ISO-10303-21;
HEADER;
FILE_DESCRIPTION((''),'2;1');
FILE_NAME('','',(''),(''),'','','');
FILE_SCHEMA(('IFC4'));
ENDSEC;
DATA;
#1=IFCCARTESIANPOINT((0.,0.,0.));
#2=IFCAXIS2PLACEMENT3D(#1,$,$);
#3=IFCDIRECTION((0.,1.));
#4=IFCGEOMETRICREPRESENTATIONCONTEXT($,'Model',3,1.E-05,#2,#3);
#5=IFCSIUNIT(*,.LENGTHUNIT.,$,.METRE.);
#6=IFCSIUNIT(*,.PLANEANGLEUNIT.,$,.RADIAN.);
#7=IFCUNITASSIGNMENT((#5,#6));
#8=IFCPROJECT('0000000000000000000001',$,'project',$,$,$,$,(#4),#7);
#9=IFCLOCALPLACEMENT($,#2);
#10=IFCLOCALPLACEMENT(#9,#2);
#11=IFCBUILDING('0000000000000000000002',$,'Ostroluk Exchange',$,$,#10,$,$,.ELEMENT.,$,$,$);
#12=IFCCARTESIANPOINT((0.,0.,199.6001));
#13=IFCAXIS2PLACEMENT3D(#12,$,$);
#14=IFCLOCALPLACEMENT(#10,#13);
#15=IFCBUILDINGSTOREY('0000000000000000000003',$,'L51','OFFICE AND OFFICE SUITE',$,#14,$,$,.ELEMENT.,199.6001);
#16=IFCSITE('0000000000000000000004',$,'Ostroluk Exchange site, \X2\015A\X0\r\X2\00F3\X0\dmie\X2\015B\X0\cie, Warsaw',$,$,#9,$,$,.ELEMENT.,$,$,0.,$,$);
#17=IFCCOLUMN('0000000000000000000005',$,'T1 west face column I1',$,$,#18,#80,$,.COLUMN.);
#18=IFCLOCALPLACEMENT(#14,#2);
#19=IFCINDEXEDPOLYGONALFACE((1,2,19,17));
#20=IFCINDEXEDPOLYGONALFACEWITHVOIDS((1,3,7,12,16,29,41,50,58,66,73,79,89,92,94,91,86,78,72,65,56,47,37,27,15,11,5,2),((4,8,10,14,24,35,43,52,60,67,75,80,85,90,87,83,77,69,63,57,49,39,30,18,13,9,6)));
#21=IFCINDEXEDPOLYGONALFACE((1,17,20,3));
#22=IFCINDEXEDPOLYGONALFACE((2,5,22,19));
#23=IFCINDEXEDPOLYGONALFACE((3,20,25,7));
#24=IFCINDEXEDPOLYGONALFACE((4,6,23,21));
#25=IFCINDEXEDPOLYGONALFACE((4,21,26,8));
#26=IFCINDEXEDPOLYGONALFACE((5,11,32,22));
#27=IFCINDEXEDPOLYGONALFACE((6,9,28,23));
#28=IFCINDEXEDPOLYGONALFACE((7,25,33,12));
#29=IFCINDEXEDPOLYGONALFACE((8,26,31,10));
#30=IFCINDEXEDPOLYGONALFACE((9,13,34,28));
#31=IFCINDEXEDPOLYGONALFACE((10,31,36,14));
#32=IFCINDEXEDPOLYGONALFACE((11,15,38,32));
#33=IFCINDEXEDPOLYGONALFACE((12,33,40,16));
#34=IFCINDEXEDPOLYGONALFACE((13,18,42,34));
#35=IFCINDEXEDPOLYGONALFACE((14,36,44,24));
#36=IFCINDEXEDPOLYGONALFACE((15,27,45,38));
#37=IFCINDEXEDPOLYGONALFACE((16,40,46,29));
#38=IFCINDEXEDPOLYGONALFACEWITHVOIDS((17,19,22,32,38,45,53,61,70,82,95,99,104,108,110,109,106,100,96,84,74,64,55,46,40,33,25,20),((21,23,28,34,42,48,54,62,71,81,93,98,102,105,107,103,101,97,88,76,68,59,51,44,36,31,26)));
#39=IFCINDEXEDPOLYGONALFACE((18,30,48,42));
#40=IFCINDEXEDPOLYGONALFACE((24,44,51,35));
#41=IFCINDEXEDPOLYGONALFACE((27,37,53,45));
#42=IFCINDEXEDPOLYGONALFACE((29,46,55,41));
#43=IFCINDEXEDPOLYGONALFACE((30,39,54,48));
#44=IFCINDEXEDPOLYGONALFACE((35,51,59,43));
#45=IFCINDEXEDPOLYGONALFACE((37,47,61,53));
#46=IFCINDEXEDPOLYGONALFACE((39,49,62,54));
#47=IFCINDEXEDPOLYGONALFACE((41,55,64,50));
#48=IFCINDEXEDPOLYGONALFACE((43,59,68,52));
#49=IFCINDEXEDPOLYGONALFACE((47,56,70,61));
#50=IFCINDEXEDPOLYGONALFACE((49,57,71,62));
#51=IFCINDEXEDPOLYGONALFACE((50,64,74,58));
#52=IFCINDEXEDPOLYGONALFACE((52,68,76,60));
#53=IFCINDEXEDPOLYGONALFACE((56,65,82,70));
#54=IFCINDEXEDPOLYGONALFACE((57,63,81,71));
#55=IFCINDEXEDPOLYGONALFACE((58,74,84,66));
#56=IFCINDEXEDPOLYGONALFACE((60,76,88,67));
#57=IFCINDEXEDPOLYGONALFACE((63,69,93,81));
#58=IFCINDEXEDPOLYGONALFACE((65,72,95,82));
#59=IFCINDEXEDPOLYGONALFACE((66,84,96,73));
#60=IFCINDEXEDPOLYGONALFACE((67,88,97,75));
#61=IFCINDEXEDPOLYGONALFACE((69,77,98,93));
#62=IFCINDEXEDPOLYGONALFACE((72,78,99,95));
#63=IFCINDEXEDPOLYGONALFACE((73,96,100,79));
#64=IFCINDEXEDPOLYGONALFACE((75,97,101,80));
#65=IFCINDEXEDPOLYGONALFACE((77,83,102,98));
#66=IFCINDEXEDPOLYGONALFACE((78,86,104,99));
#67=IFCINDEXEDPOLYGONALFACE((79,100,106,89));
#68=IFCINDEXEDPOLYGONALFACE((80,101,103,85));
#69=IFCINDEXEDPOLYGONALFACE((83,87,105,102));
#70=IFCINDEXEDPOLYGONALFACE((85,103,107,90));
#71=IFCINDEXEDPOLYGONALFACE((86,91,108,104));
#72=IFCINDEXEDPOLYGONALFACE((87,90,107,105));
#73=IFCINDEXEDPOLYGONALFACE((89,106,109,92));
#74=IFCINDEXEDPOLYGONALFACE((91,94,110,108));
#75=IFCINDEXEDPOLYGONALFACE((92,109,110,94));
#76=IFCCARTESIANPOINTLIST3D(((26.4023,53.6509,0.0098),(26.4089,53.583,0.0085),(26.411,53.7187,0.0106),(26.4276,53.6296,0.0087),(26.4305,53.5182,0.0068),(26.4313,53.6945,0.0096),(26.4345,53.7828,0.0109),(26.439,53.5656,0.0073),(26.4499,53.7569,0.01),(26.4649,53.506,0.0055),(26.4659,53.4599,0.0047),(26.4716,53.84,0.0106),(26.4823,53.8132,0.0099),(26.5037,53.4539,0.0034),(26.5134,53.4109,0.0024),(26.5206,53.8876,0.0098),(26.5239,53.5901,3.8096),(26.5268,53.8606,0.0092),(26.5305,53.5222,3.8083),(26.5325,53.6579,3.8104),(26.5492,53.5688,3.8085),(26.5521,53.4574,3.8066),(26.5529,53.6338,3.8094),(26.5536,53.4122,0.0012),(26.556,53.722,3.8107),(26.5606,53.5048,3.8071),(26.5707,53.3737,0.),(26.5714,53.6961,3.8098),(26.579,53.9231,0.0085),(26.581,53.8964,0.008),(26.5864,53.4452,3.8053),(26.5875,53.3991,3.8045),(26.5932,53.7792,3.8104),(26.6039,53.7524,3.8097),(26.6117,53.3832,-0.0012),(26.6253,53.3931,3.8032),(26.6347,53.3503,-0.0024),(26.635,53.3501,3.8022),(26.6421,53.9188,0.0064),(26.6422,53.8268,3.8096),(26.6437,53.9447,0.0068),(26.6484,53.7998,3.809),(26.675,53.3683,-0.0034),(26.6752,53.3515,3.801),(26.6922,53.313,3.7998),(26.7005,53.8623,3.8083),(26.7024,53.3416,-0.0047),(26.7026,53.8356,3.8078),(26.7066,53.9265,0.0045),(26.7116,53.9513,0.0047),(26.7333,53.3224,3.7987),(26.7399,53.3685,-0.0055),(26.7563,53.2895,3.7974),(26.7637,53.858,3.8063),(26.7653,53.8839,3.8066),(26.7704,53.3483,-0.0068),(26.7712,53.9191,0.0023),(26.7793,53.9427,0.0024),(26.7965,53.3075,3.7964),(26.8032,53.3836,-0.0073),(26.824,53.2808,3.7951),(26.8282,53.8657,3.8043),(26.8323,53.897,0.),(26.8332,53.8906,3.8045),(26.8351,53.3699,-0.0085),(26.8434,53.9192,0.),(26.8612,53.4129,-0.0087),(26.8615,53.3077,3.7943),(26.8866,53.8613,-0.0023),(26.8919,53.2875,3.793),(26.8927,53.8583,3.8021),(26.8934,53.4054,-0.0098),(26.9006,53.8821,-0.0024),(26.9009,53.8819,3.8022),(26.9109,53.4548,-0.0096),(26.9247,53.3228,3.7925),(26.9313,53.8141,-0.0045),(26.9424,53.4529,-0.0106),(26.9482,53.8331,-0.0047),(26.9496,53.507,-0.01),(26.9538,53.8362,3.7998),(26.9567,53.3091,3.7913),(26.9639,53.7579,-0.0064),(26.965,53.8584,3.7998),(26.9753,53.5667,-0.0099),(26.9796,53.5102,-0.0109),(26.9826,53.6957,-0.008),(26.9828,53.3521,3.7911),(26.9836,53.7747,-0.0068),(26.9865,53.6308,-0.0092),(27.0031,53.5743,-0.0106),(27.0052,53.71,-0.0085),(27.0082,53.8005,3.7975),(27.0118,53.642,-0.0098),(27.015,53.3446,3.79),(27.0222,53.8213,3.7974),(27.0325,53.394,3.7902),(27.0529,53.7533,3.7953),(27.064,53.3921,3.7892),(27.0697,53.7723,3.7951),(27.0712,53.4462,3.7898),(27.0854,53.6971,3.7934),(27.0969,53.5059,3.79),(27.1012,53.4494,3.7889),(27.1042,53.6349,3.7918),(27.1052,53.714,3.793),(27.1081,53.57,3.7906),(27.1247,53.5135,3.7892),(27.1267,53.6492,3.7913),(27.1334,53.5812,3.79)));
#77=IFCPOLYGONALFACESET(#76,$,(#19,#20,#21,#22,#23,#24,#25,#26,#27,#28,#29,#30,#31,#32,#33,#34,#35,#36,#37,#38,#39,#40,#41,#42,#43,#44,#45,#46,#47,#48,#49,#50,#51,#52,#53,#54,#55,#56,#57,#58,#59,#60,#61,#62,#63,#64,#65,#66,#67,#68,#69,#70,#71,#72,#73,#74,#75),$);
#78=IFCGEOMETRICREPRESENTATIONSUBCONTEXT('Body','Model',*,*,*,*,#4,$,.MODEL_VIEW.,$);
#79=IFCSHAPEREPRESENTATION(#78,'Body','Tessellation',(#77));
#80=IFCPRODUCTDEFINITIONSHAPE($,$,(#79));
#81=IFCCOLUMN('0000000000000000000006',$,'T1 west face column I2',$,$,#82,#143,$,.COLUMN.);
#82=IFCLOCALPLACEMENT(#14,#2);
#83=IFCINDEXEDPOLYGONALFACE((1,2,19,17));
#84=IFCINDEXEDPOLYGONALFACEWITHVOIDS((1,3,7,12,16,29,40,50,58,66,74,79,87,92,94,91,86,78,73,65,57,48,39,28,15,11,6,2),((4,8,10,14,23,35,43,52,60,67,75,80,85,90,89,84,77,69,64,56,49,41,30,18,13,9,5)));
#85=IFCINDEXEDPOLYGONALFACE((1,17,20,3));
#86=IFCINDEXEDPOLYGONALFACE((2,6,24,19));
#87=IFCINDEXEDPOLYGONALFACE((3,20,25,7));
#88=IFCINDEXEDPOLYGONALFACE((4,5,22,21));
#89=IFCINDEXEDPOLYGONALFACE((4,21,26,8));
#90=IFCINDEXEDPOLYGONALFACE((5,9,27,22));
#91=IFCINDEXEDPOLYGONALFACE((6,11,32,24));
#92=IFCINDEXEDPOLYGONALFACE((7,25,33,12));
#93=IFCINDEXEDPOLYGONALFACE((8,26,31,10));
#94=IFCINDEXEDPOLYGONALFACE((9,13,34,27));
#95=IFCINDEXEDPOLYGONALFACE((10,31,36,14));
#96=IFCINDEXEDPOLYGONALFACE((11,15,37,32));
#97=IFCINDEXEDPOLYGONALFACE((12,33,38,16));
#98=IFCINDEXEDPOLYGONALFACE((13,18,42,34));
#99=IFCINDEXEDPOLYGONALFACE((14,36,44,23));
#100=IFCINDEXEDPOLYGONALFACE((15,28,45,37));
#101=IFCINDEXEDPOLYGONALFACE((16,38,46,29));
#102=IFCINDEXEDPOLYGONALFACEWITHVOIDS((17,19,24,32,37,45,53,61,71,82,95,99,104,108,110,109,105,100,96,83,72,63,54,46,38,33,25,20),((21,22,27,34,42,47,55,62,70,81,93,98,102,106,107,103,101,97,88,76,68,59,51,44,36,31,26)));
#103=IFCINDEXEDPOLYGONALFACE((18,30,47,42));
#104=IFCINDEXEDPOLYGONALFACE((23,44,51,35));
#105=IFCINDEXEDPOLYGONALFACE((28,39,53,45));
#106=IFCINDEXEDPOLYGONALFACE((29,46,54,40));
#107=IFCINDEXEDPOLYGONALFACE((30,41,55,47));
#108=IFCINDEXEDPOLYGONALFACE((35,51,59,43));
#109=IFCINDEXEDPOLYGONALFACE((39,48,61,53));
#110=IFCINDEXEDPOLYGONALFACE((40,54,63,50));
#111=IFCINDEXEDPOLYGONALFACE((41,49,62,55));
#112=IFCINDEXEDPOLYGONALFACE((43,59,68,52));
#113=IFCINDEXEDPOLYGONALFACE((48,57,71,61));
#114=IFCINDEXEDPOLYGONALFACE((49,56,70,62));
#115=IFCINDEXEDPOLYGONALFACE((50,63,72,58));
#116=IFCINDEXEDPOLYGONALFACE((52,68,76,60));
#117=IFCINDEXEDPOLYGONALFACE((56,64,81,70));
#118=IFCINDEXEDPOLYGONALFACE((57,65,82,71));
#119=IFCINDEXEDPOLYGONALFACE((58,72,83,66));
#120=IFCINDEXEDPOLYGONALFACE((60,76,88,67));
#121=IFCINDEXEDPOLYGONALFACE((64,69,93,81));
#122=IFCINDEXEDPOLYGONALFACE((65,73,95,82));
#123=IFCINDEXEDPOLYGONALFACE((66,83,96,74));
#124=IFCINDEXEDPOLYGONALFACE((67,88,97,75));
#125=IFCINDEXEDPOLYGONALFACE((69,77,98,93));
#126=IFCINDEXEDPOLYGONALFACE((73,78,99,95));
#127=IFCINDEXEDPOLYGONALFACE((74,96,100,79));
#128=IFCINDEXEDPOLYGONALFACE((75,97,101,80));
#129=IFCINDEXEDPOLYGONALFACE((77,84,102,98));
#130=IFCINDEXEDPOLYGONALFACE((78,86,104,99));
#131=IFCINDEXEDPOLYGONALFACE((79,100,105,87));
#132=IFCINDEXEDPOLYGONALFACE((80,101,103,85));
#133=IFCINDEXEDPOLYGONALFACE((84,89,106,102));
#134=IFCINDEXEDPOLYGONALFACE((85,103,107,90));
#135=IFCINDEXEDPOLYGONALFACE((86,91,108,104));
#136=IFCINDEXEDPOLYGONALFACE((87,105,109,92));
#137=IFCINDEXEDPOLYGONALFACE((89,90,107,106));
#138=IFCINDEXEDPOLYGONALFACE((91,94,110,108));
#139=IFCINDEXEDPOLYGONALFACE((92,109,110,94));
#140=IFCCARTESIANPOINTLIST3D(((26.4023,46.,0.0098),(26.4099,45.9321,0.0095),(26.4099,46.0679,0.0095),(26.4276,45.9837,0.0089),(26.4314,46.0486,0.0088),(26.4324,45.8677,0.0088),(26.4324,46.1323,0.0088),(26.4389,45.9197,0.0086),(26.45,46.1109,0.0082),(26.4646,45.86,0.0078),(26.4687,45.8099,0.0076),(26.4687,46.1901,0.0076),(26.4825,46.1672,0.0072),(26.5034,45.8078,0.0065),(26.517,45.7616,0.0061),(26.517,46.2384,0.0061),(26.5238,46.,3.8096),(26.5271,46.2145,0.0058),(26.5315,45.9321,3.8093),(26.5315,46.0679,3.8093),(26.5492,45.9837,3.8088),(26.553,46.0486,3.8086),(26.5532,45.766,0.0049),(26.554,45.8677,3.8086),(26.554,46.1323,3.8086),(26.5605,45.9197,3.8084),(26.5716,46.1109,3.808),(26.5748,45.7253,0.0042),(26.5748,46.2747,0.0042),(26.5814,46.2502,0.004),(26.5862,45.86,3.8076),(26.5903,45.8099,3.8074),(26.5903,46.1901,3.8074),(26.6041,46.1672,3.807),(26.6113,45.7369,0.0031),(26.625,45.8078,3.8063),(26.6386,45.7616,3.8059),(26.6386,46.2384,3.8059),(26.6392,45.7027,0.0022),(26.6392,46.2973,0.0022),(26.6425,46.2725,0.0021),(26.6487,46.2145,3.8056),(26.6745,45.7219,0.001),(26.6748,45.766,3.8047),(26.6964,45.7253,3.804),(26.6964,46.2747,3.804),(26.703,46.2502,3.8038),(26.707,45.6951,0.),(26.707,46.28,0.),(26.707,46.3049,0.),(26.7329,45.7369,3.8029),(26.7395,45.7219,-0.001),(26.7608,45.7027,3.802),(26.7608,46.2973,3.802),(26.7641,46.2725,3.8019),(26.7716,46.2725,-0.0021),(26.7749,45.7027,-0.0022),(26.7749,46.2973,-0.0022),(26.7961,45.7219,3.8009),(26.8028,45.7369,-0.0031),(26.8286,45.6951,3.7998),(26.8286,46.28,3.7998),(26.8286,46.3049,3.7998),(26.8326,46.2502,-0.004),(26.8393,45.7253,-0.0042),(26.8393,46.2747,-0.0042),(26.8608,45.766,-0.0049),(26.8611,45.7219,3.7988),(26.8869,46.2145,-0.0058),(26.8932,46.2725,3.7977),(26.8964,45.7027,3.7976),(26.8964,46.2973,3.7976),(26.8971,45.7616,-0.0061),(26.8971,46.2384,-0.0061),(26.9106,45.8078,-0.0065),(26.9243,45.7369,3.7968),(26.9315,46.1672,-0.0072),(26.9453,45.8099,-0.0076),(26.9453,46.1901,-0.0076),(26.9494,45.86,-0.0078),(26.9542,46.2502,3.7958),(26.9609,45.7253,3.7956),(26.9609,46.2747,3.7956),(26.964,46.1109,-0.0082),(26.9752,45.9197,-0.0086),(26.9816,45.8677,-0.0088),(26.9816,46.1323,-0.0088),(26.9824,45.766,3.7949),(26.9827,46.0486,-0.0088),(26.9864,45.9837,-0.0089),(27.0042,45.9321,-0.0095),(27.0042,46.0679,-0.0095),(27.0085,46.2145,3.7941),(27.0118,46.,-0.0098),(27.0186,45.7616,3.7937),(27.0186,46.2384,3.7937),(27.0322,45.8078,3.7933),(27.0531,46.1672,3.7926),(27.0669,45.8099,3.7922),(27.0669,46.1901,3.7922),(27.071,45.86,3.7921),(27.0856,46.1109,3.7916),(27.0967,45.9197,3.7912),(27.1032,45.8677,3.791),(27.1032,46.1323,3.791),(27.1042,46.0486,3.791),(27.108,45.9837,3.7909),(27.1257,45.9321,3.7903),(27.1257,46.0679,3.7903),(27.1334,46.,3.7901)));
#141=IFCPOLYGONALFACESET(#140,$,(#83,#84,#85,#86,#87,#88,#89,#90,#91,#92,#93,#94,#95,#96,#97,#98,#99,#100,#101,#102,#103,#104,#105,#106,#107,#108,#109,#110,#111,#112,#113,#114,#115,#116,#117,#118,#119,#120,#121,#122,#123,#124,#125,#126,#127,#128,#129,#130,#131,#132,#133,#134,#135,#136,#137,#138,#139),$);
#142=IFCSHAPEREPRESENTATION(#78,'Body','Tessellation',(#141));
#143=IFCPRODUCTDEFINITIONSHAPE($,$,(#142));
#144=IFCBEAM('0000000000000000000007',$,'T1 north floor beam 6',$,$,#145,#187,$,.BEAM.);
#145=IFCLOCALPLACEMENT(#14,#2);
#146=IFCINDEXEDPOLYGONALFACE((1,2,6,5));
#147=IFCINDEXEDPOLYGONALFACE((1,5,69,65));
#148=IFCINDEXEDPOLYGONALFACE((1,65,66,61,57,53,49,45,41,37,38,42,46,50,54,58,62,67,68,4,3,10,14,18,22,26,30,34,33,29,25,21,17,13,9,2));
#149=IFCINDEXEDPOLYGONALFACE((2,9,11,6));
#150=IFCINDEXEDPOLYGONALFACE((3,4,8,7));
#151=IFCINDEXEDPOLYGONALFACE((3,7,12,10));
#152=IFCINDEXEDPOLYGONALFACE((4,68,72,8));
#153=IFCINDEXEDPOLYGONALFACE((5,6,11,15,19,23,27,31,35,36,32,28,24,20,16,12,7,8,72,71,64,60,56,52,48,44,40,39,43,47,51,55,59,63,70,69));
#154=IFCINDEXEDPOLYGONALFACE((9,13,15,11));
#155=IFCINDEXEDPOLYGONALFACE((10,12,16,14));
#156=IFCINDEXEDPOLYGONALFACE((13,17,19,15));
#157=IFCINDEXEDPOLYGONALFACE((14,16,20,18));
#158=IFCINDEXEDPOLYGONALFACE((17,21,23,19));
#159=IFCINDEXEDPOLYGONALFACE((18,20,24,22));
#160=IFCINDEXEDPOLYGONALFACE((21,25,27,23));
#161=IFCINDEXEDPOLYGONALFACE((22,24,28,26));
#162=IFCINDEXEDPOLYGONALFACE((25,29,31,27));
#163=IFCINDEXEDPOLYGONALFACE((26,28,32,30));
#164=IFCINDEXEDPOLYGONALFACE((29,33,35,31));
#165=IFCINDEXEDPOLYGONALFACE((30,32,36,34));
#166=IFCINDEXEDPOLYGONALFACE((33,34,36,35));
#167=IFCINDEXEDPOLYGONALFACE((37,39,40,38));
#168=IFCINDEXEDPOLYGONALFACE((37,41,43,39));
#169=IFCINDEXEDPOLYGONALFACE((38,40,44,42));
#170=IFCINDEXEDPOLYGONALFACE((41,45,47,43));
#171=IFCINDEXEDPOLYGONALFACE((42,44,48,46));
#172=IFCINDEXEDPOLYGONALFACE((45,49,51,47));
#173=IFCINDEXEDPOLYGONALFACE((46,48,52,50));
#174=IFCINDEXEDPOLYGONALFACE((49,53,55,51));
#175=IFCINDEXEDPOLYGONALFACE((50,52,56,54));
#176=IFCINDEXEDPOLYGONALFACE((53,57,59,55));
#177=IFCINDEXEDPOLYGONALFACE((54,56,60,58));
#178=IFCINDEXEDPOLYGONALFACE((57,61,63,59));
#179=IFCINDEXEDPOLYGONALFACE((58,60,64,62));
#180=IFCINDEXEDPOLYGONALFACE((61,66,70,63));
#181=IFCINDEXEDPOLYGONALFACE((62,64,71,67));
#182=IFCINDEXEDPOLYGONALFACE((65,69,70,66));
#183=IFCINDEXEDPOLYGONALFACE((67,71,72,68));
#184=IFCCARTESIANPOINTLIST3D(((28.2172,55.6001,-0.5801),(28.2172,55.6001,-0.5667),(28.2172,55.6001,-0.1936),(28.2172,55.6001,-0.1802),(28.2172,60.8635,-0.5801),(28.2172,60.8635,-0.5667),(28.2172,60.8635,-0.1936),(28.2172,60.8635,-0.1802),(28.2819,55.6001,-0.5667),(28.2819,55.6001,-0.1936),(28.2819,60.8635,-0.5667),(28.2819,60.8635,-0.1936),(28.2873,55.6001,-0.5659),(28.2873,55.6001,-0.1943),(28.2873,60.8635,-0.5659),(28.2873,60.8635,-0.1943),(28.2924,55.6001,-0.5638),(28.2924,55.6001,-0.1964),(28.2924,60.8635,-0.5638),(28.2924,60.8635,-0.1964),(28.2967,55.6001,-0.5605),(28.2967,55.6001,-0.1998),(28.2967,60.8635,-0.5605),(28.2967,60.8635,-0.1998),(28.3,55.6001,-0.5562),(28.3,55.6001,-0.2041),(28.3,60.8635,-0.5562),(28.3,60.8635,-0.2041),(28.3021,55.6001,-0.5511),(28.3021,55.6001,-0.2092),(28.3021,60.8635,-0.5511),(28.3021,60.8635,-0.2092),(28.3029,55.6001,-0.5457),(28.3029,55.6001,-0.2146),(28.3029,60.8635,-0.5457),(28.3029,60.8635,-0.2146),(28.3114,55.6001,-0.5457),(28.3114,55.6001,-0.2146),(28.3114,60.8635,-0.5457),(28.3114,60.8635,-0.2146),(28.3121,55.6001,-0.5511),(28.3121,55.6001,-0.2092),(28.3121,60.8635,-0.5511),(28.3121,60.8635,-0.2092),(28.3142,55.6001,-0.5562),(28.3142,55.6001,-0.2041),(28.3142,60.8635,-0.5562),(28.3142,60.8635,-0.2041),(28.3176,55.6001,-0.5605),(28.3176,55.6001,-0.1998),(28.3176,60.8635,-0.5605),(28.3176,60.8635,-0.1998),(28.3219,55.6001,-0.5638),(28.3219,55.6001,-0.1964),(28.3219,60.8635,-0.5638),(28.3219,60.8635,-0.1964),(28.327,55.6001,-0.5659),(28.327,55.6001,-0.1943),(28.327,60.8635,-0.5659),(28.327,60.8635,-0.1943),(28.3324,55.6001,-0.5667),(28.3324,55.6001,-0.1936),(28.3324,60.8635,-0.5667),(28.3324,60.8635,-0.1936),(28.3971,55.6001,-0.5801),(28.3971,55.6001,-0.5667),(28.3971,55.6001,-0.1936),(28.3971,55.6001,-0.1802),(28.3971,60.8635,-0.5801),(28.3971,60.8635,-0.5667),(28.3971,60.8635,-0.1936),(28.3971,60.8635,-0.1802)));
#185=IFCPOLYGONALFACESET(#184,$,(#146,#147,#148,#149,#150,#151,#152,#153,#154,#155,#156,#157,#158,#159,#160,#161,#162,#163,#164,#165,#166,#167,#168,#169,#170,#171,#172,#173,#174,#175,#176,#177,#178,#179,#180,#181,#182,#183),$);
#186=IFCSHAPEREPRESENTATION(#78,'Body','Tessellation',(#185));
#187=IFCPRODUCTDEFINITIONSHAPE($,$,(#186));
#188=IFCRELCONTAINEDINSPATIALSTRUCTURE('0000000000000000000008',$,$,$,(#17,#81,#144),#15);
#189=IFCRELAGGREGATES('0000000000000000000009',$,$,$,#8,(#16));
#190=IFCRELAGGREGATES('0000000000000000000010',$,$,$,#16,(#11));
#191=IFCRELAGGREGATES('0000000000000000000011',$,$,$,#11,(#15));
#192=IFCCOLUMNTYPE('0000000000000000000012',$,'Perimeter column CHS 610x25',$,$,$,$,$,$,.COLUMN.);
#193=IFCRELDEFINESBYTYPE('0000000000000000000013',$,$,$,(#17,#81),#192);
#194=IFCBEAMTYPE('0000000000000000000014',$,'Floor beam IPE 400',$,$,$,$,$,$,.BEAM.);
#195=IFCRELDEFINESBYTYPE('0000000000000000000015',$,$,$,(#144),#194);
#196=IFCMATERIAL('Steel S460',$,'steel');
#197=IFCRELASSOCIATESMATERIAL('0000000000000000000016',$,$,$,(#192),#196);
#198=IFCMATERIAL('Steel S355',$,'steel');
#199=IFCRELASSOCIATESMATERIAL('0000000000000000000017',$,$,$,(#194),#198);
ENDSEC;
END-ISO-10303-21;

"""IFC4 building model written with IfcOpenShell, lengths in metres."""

from ifc_helpers import new_model, si_unit, direction, frame, origin, origin_2d, place, context, subcontext, project, spatial, hollow_circle, i_section, extrude, material, material_profile, profile_set, type_object, element, save


model = new_model("IFC4")

# Units and contexts
model_context = context("Model", 3, precision=1e-05, world=origin(), true_north=direction((0.0, 1.0)))
body_context = subcontext(model_context, "Body", "Model", "MODEL_VIEW")
ifc_project = project(units=[si_unit("LENGTHUNIT", "METRE"), si_unit("PLANEANGLEUNIT", "RADIAN")], contexts=[model_context])

# Site, building, storey
site_placement = place(None, origin())
site = spatial("IfcSite", under=ifc_project, at=site_placement, Name="Ostroluk Exchange site, Śródmieście, Warsaw", CompositionType="ELEMENT", RefElevation=0.0)
building_placement = place(site_placement, origin())
building = spatial("IfcBuilding", under=site, at=building_placement, Name="Ostroluk Exchange", CompositionType="ELEMENT")
storey_placement = place(building_placement, frame((0.0, 0.0, 199.6001)))
storey = spatial("IfcBuildingStorey", under=building, at=storey_placement, Name="L51", Description="OFFICE AND OFFICE SUITE", CompositionType="ELEMENT", Elevation=199.6001)

# Columns
ifc_material_1 = material(Name="Steel S460", Category="steel")
ifc_material_profile_1 = material_profile(ifc_material_1, hollow_circle(Radius=0.3049, WallThickness=0.0249, at=origin_2d()), Name="CHS 610x25")
ifc_profile_set_1 = profile_set([ifc_material_profile_1], Name="Steel S460")
column_type = type_object("IfcColumnType", Name="Perimeter column CHS 610x25", PredefinedType="COLUMN", material=ifc_profile_set_1)
column_1_placement = place(storey_placement, frame((26.707, 53.6465, 0.0), z_axis=(0.031976, -0.015988, 0.999361), x_axis=(0.447214, 0.894427, 0.0)))
element("IfcColumn", 1, at=column_1_placement, inside=storey, type_object=column_type, Name="T1 west face column I1", PredefinedType="COLUMN", context=body_context, shape_type="SweptSolid", body=[
    extrude(hollow_circle(Radius=0.3049, WallThickness=0.0249, at=origin_2d()), origin(), (0.0, 0.0, 1.0), 3.8022),
])
column_2_placement = place(storey_placement, frame((26.707, 46.0, 0.0), z_axis=(0.031981, 0.0, 0.999488), x_axis=(0.0, 1.0, 0.0)))
element("IfcColumn", 2, at=column_2_placement, inside=storey, type_object=column_type, Name="T1 west face column I2", PredefinedType="COLUMN", context=body_context, shape_type="SweptSolid", body=[
    extrude(hollow_circle(Radius=0.3049, WallThickness=0.0249, at=origin_2d()), origin(), (0.0, 0.0, 1.0), 3.8018),
])

# Beam
ifc_material_2 = material(Name="Steel S355", Category="steel")
ifc_material_profile_2 = material_profile(ifc_material_2, i_section(OverallWidth=0.1799, OverallDepth=0.3999, WebThickness=0.0085, FlangeThickness=0.0134, FilletRadius=0.021, at=origin_2d()), Name="IPE 400")
ifc_profile_set_2 = profile_set([ifc_material_profile_2], Name="Steel S355")
beam_type_1 = type_object("IfcBeamType", Name="Floor beam IPE 400", PredefinedType="BEAM", material=ifc_profile_set_2)
beam_placement = place(storey_placement, frame((28.3071, 55.6001, -0.3801), z_axis=(0.0, 1.0, 0.0), x_axis=(-1.0, 0.0, 0.0)))
element("IfcBeam", 3, at=beam_placement, inside=storey, type_object=beam_type_1, Name="T1 north floor beam 6", PredefinedType="BEAM", context=body_context, shape_type="SweptSolid", body=[
    extrude(i_section(OverallWidth=0.1799, OverallDepth=0.3999, WebThickness=0.0085, FlangeThickness=0.0134, FilletRadius=0.021, at=origin_2d()), origin(), (0.0, 0.0, 1.0), 5.2634),
])

save(model, "model.ifc")
